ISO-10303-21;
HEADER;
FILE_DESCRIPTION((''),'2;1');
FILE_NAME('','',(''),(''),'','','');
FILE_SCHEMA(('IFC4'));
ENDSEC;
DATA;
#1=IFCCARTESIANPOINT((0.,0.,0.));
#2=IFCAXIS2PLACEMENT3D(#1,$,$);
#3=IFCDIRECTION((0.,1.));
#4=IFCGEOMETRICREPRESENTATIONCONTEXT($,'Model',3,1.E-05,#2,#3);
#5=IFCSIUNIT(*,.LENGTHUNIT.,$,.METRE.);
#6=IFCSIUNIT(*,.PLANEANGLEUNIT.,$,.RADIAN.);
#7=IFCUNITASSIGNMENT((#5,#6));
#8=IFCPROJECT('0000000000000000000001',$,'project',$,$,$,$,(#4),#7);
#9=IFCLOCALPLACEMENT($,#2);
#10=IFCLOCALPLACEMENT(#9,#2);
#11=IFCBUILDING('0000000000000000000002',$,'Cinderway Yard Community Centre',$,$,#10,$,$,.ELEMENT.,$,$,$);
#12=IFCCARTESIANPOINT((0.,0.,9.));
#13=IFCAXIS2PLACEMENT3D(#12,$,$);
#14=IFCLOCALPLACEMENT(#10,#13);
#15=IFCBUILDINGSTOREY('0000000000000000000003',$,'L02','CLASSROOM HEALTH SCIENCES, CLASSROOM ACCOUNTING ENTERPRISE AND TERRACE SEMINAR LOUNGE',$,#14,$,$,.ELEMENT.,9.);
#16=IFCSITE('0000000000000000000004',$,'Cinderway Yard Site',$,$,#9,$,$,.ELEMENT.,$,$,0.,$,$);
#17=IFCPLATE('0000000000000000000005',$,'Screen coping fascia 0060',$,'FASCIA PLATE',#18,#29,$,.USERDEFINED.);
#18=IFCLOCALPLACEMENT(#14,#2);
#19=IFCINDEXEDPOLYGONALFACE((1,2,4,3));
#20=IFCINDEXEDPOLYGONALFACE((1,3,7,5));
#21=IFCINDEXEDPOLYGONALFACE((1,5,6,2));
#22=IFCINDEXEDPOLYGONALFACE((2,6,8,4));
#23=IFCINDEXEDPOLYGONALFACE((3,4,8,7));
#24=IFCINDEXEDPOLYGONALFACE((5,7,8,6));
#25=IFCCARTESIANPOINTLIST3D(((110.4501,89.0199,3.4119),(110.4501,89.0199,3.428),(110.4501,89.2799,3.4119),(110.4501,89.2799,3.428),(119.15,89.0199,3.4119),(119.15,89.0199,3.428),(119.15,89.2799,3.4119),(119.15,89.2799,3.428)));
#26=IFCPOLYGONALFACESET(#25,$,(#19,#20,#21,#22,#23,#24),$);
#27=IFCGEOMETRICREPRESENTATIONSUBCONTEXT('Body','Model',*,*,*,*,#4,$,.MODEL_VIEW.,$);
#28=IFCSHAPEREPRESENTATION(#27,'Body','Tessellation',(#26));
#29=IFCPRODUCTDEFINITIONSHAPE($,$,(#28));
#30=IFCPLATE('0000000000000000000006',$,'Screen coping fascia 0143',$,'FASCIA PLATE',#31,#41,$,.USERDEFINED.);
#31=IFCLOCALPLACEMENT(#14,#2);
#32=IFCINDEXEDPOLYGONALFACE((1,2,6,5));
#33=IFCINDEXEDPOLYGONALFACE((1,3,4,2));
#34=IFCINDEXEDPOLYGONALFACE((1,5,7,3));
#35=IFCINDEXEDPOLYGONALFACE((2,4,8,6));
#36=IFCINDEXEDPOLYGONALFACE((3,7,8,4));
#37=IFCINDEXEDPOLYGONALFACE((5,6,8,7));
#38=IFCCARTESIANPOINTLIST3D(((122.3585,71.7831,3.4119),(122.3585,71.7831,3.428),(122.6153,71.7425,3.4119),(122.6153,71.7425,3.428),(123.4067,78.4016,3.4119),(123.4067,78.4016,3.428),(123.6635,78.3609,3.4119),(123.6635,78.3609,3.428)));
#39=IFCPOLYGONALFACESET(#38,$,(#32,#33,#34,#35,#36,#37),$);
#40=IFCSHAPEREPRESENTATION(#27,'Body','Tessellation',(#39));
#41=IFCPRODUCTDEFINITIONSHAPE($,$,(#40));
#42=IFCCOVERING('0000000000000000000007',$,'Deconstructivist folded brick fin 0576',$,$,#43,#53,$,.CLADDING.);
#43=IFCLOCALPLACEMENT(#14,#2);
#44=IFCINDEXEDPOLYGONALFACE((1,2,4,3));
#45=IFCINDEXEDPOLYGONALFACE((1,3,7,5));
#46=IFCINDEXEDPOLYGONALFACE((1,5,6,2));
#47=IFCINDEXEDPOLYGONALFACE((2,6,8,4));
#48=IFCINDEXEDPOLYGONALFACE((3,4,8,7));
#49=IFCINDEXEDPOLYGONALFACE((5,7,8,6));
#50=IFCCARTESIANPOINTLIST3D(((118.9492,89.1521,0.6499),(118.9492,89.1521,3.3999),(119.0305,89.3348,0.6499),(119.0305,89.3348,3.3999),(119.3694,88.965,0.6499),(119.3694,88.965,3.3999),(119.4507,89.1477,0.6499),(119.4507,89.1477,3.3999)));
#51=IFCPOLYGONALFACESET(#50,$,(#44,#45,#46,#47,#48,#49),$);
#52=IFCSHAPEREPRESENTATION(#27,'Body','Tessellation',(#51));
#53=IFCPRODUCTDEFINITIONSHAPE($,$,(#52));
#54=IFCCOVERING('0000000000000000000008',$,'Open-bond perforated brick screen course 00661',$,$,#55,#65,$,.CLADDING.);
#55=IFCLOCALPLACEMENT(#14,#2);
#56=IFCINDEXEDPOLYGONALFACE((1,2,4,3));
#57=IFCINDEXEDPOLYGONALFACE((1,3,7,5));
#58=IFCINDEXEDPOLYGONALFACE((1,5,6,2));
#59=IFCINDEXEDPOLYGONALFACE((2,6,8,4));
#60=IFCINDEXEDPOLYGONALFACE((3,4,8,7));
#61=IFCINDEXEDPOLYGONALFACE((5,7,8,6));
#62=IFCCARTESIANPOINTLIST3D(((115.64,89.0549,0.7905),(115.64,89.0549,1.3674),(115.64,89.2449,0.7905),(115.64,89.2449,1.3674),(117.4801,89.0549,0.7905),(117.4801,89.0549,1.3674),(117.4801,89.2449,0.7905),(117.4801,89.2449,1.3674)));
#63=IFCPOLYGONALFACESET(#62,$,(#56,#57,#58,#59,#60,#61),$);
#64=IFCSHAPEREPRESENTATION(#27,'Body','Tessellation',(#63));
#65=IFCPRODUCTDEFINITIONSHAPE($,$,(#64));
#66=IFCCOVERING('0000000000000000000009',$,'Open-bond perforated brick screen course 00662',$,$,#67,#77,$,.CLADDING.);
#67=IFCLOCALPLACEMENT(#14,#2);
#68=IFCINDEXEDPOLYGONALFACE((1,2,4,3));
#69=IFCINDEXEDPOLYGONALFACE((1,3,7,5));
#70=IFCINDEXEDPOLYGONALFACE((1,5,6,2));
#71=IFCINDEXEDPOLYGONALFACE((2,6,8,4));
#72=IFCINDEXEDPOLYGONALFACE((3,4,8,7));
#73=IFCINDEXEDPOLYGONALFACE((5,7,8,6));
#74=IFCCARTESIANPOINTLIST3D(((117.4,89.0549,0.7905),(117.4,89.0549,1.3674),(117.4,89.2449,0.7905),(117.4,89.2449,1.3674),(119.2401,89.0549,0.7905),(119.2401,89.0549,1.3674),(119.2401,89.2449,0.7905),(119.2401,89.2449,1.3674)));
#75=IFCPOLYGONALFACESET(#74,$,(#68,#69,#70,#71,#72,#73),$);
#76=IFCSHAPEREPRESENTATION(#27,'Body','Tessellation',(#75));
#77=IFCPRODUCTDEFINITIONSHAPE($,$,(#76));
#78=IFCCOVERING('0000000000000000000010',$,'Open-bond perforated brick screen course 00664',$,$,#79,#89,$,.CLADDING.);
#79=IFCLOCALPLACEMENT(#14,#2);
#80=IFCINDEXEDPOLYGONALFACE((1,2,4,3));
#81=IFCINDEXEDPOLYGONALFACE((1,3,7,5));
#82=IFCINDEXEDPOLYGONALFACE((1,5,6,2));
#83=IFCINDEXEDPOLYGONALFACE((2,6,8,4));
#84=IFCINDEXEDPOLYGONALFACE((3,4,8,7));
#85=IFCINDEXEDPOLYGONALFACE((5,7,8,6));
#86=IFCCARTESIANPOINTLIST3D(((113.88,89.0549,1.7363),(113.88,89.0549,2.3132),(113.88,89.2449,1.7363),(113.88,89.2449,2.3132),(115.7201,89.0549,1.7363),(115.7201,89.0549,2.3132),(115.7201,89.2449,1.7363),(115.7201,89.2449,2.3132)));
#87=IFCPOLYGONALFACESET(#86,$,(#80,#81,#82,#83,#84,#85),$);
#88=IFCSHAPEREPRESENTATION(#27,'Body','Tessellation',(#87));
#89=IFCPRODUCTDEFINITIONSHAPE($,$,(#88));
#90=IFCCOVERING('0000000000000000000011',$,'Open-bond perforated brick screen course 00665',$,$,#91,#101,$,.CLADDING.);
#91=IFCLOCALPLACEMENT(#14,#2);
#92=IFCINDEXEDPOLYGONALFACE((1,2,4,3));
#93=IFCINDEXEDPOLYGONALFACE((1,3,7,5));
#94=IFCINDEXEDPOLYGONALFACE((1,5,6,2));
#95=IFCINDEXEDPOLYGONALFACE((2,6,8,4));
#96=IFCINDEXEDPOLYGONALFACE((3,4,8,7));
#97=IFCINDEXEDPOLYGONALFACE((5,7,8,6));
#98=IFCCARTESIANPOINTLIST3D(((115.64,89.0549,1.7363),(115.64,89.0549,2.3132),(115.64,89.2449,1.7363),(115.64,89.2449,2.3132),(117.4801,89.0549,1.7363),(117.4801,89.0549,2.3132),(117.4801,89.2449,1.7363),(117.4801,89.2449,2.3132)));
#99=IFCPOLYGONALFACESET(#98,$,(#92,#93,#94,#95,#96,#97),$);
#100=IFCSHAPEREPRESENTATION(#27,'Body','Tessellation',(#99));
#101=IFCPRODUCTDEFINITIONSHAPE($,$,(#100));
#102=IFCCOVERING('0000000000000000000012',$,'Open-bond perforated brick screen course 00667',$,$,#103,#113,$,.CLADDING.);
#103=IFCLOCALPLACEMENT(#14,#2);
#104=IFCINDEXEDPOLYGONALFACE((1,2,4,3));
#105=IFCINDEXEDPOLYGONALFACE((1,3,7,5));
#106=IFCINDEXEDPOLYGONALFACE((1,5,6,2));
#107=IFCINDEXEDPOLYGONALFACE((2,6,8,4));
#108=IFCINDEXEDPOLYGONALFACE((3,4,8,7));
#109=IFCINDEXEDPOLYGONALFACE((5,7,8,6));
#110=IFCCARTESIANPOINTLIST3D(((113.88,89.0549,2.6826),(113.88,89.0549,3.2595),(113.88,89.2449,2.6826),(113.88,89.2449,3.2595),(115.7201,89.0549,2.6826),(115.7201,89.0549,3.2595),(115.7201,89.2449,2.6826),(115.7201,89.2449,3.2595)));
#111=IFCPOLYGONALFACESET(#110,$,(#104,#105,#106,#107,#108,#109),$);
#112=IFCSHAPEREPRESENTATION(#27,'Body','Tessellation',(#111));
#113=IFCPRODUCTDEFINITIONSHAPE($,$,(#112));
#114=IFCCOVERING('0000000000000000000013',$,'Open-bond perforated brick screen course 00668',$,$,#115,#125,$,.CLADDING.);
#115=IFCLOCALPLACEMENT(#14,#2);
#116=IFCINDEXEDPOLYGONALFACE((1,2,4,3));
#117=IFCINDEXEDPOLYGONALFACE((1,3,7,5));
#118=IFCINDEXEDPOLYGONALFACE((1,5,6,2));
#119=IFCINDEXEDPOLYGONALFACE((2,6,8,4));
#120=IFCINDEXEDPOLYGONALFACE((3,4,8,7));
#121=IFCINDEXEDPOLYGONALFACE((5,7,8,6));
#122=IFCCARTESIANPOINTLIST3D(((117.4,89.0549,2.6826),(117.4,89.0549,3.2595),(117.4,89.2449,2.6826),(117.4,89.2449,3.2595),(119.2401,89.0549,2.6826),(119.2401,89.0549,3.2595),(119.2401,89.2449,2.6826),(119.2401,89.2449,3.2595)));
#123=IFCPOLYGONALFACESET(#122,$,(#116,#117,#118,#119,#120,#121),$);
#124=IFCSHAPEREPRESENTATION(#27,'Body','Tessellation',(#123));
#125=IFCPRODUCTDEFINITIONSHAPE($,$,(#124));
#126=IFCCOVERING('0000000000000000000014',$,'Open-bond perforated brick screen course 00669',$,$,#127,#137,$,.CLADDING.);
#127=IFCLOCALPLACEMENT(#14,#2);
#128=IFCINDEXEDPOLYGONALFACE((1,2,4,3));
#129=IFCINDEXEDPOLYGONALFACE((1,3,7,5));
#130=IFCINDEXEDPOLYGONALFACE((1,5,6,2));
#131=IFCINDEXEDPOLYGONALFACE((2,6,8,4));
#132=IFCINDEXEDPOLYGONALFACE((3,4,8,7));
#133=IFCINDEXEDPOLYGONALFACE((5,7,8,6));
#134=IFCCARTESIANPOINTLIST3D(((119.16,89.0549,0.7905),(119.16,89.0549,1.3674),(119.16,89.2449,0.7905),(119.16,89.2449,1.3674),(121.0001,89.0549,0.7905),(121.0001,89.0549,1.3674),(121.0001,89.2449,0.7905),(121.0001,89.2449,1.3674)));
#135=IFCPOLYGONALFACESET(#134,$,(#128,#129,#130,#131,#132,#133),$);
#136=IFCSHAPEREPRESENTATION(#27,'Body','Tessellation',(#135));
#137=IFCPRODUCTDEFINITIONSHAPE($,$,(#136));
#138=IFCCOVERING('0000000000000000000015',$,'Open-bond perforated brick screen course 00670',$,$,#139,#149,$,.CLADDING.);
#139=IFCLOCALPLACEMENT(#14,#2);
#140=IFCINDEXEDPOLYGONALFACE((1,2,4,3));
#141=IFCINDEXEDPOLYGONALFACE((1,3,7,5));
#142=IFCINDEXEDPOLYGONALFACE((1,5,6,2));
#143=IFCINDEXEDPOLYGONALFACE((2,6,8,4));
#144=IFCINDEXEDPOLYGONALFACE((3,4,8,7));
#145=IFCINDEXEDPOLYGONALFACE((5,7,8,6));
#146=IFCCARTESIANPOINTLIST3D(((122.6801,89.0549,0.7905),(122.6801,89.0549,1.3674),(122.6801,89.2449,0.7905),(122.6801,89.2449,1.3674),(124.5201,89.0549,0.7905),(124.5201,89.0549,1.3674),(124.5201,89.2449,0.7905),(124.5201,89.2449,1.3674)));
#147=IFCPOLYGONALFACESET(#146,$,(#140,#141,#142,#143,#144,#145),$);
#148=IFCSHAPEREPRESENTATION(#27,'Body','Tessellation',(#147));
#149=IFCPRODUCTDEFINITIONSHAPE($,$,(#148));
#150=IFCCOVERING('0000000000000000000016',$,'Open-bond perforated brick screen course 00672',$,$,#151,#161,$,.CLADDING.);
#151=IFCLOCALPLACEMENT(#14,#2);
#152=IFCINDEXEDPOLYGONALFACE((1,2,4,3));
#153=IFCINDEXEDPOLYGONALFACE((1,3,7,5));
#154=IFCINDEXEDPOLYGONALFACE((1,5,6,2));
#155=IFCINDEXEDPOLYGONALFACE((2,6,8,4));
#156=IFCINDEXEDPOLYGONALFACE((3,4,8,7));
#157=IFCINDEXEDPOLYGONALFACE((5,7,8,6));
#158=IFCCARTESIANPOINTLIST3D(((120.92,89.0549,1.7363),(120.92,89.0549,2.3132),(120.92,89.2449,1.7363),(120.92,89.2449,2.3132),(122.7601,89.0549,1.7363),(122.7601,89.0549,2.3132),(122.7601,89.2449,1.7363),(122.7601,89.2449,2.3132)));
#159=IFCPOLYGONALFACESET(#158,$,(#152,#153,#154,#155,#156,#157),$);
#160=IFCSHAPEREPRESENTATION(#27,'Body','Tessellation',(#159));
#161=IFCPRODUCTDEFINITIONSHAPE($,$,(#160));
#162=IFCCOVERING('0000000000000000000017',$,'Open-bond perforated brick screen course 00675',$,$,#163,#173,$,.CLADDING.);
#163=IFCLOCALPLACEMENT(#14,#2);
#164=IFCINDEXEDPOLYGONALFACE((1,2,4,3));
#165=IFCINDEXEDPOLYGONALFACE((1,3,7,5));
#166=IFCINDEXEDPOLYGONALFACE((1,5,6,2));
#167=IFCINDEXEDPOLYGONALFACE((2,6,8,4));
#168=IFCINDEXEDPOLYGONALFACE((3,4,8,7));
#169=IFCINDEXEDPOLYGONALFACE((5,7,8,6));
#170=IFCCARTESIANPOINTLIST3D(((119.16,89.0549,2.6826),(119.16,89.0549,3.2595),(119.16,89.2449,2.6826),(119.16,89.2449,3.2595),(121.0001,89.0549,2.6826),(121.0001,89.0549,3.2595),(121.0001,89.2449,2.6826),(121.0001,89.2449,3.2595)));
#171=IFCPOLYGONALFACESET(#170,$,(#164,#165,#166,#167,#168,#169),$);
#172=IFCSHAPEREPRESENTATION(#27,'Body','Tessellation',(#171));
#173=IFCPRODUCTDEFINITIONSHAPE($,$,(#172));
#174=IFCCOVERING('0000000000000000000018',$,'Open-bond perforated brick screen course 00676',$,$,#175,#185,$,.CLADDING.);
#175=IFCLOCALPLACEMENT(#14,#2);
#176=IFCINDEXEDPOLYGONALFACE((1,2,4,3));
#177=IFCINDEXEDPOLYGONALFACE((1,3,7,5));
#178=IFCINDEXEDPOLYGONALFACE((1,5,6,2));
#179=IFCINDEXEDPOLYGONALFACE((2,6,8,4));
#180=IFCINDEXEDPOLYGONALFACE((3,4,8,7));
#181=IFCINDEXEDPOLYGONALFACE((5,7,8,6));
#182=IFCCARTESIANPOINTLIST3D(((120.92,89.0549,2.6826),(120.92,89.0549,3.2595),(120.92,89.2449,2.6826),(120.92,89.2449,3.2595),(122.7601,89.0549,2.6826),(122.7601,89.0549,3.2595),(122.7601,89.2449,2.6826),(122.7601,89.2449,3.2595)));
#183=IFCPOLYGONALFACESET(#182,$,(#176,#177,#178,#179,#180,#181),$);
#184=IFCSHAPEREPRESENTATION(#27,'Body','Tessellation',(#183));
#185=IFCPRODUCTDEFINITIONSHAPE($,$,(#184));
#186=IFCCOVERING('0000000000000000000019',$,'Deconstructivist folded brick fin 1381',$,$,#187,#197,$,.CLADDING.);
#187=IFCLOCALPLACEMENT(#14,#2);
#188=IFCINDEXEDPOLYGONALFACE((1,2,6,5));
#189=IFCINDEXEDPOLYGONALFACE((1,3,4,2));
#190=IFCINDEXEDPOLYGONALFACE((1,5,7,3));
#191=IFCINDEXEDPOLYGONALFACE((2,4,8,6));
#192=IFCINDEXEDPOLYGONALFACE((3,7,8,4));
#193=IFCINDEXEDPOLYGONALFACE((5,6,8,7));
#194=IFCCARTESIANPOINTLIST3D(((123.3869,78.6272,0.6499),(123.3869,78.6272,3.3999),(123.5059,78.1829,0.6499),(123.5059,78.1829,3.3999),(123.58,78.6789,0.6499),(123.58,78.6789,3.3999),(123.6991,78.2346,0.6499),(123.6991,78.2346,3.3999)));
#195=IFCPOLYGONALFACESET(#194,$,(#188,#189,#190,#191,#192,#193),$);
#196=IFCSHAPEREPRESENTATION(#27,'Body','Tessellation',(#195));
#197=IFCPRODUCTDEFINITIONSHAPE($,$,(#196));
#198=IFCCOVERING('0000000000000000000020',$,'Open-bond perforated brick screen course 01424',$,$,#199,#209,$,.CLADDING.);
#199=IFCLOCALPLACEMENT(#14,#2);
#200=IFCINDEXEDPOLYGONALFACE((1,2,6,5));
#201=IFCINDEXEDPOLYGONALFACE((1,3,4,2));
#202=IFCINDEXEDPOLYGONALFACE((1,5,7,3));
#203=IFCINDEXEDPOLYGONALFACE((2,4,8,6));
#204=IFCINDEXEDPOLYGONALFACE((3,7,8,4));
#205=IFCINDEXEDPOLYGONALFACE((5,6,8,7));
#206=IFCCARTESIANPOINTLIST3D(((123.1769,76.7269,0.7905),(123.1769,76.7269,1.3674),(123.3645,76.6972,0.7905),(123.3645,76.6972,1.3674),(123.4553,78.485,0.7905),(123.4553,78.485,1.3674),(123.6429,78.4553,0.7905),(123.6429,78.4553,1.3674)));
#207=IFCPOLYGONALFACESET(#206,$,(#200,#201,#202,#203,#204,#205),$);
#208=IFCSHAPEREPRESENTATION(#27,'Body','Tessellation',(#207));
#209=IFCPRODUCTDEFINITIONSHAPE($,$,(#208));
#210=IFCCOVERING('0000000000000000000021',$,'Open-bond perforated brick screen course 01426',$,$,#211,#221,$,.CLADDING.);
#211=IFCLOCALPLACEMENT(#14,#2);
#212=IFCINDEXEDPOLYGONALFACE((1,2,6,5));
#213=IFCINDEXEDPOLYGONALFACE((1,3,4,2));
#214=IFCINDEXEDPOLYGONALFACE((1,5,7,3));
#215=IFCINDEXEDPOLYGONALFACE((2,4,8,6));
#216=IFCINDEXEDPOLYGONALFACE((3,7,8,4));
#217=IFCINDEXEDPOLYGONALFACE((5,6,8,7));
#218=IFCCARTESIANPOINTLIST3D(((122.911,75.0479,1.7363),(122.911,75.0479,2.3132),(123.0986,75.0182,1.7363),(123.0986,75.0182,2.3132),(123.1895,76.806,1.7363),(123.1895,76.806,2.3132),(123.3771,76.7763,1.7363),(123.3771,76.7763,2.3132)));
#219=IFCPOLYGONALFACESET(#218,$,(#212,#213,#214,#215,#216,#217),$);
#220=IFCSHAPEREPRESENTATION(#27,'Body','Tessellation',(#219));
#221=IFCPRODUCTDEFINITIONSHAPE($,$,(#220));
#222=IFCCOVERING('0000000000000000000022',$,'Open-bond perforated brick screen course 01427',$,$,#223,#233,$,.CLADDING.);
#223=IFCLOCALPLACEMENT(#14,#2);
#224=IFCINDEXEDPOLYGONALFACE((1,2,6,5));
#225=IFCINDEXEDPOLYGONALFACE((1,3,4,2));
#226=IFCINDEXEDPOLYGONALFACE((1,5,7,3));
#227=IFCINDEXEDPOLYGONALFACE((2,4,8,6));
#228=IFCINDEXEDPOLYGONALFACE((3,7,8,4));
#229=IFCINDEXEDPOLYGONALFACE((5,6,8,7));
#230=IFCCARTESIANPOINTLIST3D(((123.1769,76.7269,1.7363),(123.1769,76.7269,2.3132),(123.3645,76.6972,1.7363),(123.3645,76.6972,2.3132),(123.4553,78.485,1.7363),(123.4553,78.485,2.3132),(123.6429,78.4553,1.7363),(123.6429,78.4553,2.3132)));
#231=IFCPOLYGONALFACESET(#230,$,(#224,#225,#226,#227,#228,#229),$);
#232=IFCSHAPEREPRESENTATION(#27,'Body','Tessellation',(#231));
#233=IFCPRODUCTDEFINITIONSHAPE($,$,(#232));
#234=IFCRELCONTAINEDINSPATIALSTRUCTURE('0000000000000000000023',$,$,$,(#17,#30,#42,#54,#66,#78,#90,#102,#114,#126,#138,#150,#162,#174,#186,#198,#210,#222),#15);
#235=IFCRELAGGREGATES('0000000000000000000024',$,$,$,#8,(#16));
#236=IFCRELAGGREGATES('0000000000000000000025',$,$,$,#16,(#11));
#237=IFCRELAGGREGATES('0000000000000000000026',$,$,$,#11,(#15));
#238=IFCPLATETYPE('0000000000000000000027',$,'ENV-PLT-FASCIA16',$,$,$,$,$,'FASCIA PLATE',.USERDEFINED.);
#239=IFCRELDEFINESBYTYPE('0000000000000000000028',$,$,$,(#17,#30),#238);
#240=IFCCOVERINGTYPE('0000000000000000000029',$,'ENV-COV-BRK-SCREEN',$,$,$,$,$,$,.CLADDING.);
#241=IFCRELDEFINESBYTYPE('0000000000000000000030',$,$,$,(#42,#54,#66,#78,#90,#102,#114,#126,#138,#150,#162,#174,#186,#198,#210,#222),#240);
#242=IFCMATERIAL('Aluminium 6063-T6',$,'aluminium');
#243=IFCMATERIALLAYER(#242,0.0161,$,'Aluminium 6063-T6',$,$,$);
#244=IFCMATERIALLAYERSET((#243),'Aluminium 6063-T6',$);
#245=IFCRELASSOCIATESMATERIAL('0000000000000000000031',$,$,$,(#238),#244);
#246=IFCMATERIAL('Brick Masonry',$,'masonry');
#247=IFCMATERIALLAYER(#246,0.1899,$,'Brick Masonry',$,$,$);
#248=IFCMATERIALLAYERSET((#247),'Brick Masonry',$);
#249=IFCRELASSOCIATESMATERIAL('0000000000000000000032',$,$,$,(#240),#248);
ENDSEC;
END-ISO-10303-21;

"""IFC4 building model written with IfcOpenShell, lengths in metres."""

from ifc_helpers import new_model, si_unit, direction, frame, origin, origin_2d, place, context, subcontext, project, spatial, rectangle, extrude, material, layer, layer_set, type_object, element, save


model = new_model("IFC4")

# Units and contexts
model_context = context("Model", 3, precision=1e-05, world=origin(), true_north=direction((0.0, 1.0)))
body_context = subcontext(model_context, "Body", "Model", "MODEL_VIEW")
ifc_project = project(units=[si_unit("LENGTHUNIT", "METRE"), si_unit("PLANEANGLEUNIT", "RADIAN")], contexts=[model_context])

# Site, building, storey
site_placement = place(None, origin())
site = spatial("IfcSite", under=ifc_project, at=site_placement, Name="Cinderway Yard Site", CompositionType="ELEMENT", RefElevation=0.0)
building_placement = place(site_placement, origin())
building = spatial("IfcBuilding", under=site, at=building_placement, Name="Cinderway Yard Community Centre", CompositionType="ELEMENT")
storey_placement = place(building_placement, frame((0.0, 0.0, 9.0)))
storey = spatial("IfcBuildingStorey", under=building, at=storey_placement, Name="L02", Description="CLASSROOM HEALTH SCIENCES, CLASSROOM ACCOUNTING ENTERPRISE AND TERRACE SEMINAR LOUNGE", CompositionType="ELEMENT", Elevation=9.0)

# Plates
ifc_material_1 = material(Name="Aluminium 6063-T6", Category="aluminium")
ifc_layer_1 = layer(ifc_material_1, 0.0161, Name="Aluminium 6063-T6")
ifc_layer_set_1 = layer_set([ifc_layer_1], Name="Aluminium 6063-T6")
plate_type = type_object("IfcPlateType", Name="ENV-PLT-FASCIA16", ElementType="FASCIA PLATE", PredefinedType="USERDEFINED", material=ifc_layer_set_1)
plate_1_placement = place(storey_placement, frame((114.8, 89.1499, 3.4119), z_axis=(0.0, 0.0, 1.0), x_axis=(-1.0, 0.0, 0.0)))
element("IfcPlate", 1, at=plate_1_placement, inside=storey, type_object=plate_type, Name="Screen coping fascia 0060", ObjectType="FASCIA PLATE", PredefinedType="USERDEFINED", context=body_context, shape_type="SweptSolid", body=[
    extrude(rectangle(XDim=8.7, YDim=0.26, at=origin_2d()), origin(), (0.0, 0.0, 1.0), 0.0161),
])
plate_2_placement = place(storey_placement, frame((123.011, 75.072, 3.4119), z_axis=(0.0, 0.0, 1.0), x_axis=(0.156434, 0.987688, 0.0)))
element("IfcPlate", 2, at=plate_2_placement, inside=storey, type_object=plate_type, Name="Screen coping fascia 0143", ObjectType="FASCIA PLATE", PredefinedType="USERDEFINED", context=body_context, shape_type="SweptSolid", body=[
    extrude(rectangle(XDim=6.7009, YDim=0.26, at=origin_2d()), origin(), (0.0, 0.0, 1.0), 0.0161),
])

# Coverings
ifc_material_2 = material(Name="Brick Masonry", Category="masonry")
ifc_layer_2 = layer(ifc_material_2, 0.1899, Name="Brick Masonry")
ifc_layer_set_2 = layer_set([ifc_layer_2], Name="Brick Masonry")
covering_type = type_object("IfcCoveringType", Name="ENV-COV-BRK-SCREEN", PredefinedType="CLADDING", material=ifc_layer_set_2)
covering_1_placement = place(storey_placement, frame((119.2, 89.1499, 0.6499), z_axis=(0.0, 0.0, 1.0), x_axis=(-0.913545, 0.406737, 0.0)))
element("IfcCovering", 3, at=covering_1_placement, inside=storey, type_object=covering_type, Name="Deconstructivist folded brick fin 0576", PredefinedType="CLADDING", context=body_context, shape_type="SweptSolid", body=[
    extrude(rectangle(XDim=0.46, YDim=0.2, at=origin_2d()), origin(), (0.0, 0.0, 1.0), 2.75),
])
for number, where, z_axis, x_axis, name in (
    (4, (116.5601, 89.1499, 0.7905), (0.0, 0.0, 1.0), (-1.0, 0.0, 0.0), "Open-bond perforated brick screen course 00661"),
    (5, (118.3201, 89.1499, 0.7905), (0.0, 0.0, 1.0), (-1.0, 0.0, 0.0), "Open-bond perforated brick screen course 00662"),
    (6, (114.8, 89.1499, 1.7363), (0.0, 0.0, 1.0), (-1.0, 0.0, 0.0), "Open-bond perforated brick screen course 00664"),
    (7, (116.5601, 89.1499, 1.7363), (0.0, 0.0, 1.0), (-1.0, 0.0, 0.0), "Open-bond perforated brick screen course 00665"),
    (8, (114.8, 89.1499, 2.6826), (0.0, 0.0, 1.0), (-1.0, 0.0, 0.0), "Open-bond perforated brick screen course 00667"),
    (9, (118.3201, 89.1499, 2.6826), (0.0, 0.0, 1.0), (-1.0, 0.0, 0.0), "Open-bond perforated brick screen course 00668"),
    (10, (120.0801, 89.1499, 0.7905), (0.0, 0.0, 1.0), (-1.0, 0.0, 0.0), "Open-bond perforated brick screen course 00669"),
    (11, (123.6001, 89.1499, 0.7905), (0.0, 0.0, 1.0), (-1.0, 0.0, 0.0), "Open-bond perforated brick screen course 00670"),
    (12, (121.8401, 89.1499, 1.7363), (0.0, 0.0, 1.0), (-1.0, 0.0, 0.0), "Open-bond perforated brick screen course 00672"),
    (13, (120.0801, 89.1499, 2.6826), (0.0, 0.0, 1.0), (-1.0, 0.0, 0.0), "Open-bond perforated brick screen course 00675"),
    (14, (121.8401, 89.1499, 2.6826), (0.0, 0.0, 1.0), (-1.0, 0.0, 0.0), "Open-bond perforated brick screen course 00676"),
):
    element("IfcCovering", number, at=place(storey_placement, frame(where, z_axis=z_axis, x_axis=x_axis)), inside=storey, type_object=covering_type, Name=name, PredefinedType="CLADDING", context=body_context, shape_type="SweptSolid", body=[
        extrude(rectangle(XDim=1.8401, YDim=0.1899, at=origin_2d()), origin(), (0.0, 0.0, 1.0), 0.5769),
    ])
covering_2_placement = place(storey_placement, frame((123.543, 78.4309, 0.6499), z_axis=(0.0, 0.0, 1.0), x_axis=(-0.258819, 0.965926, 0.0)))
element("IfcCovering", 15, at=covering_2_placement, inside=storey, type_object=covering_type, Name="Deconstructivist folded brick fin 1381", PredefinedType="CLADDING", context=body_context, shape_type="SweptSolid", body=[
    extrude(rectangle(XDim=0.46, YDim=0.2, at=origin_2d()), origin(), (0.0, 0.0, 1.0), 2.75),
])
for number, where, z_axis, x_axis, name in (
    (16, (123.4099, 77.5911, 0.7905), (0.0, 0.0, 1.0), (0.156434, 0.987688, 0.0), "Open-bond perforated brick screen course 01424"),
    (17, (123.144, 75.9121, 1.7363), (0.0, 0.0, 1.0), (0.156434, 0.987688, 0.0), "Open-bond perforated brick screen course 01426"),
    (18, (123.4099, 77.5911, 1.7363), (0.0, 0.0, 1.0), (0.156434, 0.987688, 0.0), "Open-bond perforated brick screen course 01427"),
):
    element("IfcCovering", number, at=place(storey_placement, frame(where, z_axis=z_axis, x_axis=x_axis)), inside=storey, type_object=covering_type, Name=name, PredefinedType="CLADDING", context=body_context, shape_type="SweptSolid", body=[
        extrude(rectangle(XDim=1.78, YDim=0.1899, at=origin_2d()), origin(), (0.0, 0.0, 1.0), 0.5769),
    ])

save(model, "model.ifc")
